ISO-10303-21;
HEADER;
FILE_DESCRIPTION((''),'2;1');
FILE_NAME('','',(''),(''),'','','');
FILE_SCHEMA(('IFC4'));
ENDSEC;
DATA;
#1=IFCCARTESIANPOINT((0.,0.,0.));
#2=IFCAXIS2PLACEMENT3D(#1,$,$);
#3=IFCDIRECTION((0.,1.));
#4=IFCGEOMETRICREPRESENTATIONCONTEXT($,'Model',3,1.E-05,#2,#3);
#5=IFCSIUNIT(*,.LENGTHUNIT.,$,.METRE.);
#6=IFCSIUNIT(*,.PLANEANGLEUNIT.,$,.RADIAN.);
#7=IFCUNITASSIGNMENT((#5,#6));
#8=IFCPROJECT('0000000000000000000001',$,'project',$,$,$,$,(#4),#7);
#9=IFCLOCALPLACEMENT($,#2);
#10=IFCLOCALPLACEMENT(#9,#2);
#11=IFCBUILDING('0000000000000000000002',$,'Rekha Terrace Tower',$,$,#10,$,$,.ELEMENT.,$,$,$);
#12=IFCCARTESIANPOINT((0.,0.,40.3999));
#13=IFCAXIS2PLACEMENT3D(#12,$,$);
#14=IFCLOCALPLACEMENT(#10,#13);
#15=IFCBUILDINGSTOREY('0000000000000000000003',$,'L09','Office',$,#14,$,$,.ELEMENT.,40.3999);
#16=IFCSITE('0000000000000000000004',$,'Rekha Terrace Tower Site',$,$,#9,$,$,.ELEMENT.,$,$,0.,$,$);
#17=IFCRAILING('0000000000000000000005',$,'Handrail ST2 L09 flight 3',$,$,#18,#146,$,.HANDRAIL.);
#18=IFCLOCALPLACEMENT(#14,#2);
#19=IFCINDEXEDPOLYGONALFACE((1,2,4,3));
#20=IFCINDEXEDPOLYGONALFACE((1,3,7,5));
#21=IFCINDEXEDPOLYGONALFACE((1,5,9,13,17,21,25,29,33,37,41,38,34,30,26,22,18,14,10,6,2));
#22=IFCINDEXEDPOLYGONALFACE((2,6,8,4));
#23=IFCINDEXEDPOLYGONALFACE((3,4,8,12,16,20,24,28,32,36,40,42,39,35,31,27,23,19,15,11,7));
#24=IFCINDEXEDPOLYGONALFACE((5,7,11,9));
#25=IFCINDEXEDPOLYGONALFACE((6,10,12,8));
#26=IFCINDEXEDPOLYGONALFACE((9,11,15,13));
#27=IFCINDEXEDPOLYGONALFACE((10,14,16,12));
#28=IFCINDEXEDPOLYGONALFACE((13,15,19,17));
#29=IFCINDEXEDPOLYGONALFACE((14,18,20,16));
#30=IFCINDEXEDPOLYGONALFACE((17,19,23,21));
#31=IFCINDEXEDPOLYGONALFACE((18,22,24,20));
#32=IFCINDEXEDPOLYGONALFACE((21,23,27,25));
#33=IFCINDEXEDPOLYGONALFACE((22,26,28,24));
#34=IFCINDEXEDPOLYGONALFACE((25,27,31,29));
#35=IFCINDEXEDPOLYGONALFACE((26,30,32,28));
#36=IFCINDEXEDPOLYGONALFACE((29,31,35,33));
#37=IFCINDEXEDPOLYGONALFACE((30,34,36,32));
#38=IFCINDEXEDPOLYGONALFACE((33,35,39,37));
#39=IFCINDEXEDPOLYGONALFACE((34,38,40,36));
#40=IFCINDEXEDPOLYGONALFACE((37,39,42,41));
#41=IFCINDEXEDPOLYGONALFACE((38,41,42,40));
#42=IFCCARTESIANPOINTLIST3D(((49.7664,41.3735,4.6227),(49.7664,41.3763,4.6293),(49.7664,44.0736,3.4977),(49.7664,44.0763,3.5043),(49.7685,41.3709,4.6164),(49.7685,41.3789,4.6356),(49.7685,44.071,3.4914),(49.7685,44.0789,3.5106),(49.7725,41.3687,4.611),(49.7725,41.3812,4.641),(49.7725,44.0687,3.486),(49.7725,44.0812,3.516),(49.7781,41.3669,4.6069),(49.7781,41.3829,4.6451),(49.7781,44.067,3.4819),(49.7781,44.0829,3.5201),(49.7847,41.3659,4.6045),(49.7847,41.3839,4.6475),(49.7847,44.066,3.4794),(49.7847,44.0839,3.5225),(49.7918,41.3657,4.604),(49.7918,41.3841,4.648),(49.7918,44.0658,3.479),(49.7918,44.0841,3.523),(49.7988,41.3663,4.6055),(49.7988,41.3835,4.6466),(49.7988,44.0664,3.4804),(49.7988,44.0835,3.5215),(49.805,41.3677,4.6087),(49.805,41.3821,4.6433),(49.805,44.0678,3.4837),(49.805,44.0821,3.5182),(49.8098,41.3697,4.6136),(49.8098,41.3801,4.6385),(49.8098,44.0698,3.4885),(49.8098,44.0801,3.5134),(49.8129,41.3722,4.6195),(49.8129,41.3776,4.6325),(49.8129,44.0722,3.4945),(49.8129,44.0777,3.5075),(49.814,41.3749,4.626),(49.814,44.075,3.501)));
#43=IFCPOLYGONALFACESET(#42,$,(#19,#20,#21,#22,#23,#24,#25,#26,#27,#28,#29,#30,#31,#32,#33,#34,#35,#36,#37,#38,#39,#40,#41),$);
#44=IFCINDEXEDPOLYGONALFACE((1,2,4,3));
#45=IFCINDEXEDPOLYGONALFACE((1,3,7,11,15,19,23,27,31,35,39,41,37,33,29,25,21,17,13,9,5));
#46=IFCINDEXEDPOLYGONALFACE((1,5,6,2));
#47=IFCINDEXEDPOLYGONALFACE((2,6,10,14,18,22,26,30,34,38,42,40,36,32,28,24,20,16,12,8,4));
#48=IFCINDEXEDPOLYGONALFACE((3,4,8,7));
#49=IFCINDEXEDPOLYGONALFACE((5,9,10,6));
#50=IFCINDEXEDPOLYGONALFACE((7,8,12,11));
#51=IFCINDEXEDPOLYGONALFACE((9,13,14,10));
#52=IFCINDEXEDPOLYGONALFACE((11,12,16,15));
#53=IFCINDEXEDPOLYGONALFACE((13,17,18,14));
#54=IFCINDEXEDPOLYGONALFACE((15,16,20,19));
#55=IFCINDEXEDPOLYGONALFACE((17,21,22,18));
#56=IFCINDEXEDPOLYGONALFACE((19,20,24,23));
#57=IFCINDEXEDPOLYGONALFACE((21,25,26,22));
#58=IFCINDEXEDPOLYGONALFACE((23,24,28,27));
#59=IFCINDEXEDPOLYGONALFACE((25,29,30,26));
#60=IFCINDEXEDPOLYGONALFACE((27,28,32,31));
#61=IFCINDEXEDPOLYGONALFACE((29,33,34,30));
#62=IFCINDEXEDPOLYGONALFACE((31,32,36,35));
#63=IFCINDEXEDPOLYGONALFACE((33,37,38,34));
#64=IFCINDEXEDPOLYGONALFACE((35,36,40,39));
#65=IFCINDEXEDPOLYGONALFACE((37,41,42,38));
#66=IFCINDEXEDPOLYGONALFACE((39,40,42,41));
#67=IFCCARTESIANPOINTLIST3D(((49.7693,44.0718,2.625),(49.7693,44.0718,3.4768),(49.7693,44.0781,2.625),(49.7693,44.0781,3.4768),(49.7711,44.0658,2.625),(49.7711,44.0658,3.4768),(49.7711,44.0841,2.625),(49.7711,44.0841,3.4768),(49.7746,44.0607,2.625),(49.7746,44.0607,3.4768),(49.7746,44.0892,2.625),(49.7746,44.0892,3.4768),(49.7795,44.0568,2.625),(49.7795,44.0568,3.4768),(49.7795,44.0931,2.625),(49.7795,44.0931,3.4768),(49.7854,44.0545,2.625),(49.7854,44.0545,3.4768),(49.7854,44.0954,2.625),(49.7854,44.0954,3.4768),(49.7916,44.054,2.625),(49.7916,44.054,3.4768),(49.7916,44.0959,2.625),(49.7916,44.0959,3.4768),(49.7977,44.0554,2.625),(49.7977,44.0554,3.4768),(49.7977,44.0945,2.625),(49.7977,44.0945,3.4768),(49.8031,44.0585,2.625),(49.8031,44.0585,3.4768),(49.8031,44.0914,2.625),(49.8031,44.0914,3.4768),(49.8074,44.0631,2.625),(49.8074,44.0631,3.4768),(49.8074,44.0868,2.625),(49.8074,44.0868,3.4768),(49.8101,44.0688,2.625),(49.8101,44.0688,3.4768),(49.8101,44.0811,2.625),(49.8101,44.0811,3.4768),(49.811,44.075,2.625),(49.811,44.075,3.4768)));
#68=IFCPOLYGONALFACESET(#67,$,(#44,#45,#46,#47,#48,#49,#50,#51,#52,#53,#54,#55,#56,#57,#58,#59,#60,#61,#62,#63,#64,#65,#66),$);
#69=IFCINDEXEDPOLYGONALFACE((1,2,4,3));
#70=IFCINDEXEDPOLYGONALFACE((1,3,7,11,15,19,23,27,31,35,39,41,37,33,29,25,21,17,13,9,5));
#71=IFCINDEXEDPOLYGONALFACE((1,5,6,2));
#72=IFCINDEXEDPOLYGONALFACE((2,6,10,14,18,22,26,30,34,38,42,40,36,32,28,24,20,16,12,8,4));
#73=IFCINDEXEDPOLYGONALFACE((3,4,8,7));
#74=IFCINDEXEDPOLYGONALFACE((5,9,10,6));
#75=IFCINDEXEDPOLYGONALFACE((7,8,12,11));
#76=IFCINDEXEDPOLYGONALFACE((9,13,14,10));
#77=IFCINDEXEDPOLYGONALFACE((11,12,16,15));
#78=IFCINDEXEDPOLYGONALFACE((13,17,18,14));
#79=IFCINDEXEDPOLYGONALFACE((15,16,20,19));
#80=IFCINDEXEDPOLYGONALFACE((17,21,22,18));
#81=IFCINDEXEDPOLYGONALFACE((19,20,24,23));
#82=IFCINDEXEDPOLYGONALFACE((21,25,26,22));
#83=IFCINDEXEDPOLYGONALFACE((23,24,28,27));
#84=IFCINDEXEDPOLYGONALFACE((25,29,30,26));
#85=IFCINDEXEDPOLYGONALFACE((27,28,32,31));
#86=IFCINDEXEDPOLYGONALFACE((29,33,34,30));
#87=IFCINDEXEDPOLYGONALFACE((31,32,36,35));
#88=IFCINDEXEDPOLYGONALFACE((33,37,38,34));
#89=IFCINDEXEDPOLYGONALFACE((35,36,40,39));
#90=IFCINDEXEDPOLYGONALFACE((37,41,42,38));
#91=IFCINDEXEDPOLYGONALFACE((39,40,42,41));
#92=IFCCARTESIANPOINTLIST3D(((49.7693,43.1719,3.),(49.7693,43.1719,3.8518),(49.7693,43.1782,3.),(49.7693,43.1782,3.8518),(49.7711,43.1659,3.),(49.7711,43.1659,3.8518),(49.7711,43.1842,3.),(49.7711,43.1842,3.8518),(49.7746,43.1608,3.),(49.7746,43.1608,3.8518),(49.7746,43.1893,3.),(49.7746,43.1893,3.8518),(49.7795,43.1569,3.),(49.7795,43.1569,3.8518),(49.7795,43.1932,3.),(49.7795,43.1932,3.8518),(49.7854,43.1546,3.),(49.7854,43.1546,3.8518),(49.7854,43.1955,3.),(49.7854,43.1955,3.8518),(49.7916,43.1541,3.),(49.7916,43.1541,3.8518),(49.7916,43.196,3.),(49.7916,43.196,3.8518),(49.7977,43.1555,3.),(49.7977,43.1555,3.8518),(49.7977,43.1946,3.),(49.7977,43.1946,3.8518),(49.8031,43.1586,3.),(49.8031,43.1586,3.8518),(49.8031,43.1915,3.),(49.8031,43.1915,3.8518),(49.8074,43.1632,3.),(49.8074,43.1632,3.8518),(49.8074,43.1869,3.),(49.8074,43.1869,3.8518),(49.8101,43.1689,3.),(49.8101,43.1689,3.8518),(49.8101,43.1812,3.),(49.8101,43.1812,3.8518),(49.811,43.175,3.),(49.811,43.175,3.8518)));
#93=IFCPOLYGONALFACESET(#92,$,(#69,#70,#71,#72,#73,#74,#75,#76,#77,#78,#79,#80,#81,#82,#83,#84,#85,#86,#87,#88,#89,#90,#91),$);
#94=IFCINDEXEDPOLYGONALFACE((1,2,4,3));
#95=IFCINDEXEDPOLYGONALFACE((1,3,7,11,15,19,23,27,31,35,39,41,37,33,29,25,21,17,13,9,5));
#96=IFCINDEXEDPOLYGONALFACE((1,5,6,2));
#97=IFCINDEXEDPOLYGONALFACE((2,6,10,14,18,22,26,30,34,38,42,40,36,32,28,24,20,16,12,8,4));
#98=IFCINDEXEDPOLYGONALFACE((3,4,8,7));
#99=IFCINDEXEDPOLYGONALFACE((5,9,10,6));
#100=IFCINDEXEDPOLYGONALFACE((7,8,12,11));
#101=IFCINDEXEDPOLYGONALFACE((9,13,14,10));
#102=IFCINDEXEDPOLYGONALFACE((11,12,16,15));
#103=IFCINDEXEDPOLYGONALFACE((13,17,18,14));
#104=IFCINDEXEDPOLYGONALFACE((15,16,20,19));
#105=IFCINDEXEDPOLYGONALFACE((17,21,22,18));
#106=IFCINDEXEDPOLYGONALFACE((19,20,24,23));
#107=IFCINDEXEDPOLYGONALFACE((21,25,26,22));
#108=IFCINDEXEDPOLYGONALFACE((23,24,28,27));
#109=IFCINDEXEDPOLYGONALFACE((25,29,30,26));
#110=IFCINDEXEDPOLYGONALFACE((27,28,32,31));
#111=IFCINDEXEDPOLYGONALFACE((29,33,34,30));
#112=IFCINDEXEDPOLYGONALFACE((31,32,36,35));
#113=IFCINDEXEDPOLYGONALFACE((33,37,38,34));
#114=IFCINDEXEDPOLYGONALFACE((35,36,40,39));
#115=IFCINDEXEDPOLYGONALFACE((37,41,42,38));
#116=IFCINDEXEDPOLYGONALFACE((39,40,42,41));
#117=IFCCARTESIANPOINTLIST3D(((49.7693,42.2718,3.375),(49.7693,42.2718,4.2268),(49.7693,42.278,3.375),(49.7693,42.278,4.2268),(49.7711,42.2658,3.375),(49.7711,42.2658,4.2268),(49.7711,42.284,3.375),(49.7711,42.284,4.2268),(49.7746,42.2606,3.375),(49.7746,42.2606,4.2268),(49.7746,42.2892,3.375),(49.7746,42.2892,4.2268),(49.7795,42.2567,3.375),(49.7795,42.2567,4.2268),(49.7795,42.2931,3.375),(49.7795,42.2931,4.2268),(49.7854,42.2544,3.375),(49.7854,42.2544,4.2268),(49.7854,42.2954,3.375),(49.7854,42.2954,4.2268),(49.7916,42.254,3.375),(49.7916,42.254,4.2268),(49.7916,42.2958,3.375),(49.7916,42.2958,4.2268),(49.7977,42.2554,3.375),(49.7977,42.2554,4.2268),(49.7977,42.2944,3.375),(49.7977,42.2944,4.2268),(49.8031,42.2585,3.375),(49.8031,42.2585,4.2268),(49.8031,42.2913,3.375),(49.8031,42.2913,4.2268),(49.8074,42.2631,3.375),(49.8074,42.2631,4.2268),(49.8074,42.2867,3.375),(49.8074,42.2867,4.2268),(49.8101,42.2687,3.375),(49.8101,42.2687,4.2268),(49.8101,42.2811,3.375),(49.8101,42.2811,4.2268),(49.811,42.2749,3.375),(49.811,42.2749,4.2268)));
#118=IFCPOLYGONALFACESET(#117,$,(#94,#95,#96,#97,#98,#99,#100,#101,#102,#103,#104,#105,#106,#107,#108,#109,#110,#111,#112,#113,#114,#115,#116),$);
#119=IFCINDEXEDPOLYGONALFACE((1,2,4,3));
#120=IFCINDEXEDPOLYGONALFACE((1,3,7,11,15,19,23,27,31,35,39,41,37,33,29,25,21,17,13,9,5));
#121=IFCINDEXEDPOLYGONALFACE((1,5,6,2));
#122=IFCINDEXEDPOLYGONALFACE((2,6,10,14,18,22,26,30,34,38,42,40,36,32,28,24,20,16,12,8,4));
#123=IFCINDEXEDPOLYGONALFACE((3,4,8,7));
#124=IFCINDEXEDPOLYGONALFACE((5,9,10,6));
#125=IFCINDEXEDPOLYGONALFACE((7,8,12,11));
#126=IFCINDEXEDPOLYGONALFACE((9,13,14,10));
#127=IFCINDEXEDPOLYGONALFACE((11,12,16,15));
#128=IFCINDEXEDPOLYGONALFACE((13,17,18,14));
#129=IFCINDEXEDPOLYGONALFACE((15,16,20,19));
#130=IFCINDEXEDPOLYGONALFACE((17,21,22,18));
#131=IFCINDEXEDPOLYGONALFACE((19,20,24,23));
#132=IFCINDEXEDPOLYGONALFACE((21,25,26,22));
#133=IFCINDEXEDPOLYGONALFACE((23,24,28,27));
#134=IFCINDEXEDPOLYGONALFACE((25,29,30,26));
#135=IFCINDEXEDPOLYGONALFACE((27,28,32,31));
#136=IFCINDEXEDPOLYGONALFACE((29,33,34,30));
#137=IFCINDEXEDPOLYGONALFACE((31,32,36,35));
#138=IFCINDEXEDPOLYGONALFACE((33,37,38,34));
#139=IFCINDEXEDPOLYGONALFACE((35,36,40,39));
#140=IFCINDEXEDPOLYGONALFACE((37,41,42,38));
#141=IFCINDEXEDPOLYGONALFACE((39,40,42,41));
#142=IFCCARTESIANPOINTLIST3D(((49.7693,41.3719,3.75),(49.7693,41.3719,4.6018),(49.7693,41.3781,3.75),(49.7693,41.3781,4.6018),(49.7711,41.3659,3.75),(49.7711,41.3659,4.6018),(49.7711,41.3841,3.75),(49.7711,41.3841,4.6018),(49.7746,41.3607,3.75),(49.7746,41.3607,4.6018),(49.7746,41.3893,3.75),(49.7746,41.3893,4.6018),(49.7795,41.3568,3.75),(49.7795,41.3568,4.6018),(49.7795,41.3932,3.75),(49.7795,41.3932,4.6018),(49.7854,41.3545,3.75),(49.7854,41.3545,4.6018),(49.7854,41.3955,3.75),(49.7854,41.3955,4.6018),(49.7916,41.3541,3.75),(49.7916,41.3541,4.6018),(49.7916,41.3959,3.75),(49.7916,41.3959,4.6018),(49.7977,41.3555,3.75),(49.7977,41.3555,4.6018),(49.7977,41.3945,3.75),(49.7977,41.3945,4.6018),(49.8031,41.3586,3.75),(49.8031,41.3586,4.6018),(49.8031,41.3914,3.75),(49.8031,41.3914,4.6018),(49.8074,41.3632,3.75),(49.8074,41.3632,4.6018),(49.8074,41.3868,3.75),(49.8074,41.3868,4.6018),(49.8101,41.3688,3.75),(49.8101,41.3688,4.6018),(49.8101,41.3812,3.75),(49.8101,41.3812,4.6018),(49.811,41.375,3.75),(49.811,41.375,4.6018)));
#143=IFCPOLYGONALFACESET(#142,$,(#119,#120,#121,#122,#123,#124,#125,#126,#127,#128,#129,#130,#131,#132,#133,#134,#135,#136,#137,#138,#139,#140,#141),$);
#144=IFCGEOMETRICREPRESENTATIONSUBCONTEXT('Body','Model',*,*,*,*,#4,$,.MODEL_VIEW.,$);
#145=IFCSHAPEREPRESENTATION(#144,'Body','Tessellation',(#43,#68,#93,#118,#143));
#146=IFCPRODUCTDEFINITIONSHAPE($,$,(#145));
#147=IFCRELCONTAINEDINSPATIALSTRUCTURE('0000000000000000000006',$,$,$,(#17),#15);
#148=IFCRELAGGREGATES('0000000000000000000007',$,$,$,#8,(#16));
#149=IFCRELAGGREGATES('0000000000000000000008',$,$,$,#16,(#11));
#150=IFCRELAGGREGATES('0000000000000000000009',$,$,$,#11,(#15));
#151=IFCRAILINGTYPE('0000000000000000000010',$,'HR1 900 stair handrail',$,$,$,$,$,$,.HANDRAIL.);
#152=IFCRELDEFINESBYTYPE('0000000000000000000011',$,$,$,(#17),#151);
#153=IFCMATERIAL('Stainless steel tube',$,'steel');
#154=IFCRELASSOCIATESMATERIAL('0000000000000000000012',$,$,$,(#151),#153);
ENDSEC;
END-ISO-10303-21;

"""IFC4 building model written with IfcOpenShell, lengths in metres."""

from ifc_helpers import new_model, si_unit, direction, frame, origin, origin_2d, place, context, subcontext, project, spatial, circle, extrude, material, type_object, element, save


model = new_model("IFC4")

# Units and contexts
model_context = context("Model", 3, precision=1e-05, world=origin(), true_north=direction((0.0, 1.0)))
body_context = subcontext(model_context, "Body", "Model", "MODEL_VIEW")
ifc_project = project(units=[si_unit("LENGTHUNIT", "METRE"), si_unit("PLANEANGLEUNIT", "RADIAN")], contexts=[model_context])

# Site, building, storey
site_placement = place(None, origin())
site = spatial("IfcSite", under=ifc_project, at=site_placement, Name="Rekha Terrace Tower Site", CompositionType="ELEMENT", RefElevation=0.0)
building_placement = place(site_placement, origin())
building = spatial("IfcBuilding", under=site, at=building_placement, Name="Rekha Terrace Tower", CompositionType="ELEMENT")
storey_placement = place(building_placement, frame((0.0, 0.0, 40.3999)))
storey = spatial("IfcBuildingStorey", under=building, at=storey_placement, Name="L09", Description="Office", CompositionType="ELEMENT", Elevation=40.3999)

# Railing
ifc_material_1 = material(Name="Stainless steel tube", Category="steel")
railing_type_1 = type_object("IfcRailingType", Name="HR1 900 stair handrail", PredefinedType="HANDRAIL", material=ifc_material_1)
railing_1_placement = place(storey_placement, frame((49.79, 44.075, 2.625)))
element("IfcRailing", 1, at=railing_1_placement, inside=storey, type_object=railing_type_1, Name="Handrail ST2 L09 flight 3", PredefinedType="HANDRAIL", context=body_context, shape_type="SweptSolid", body=[
    extrude(circle(Radius=0.0239, at=origin_2d()), frame((0.0, 0.0, 0.876), z_axis=(0.0, -0.923074, 0.384621), x_axis=(1.0, 0.0, 0.0)), (0.0, 0.0, 1.0), 2.925),
    extrude(circle(Radius=0.021, at=origin_2d()), origin(), (0.0, 0.0, 1.0), 0.8518),
    extrude(circle(Radius=0.021, at=origin_2d()), frame((0.0, -0.8999, 0.375)), (0.0, 0.0, 1.0), 0.8518),
    extrude(circle(Radius=0.021, at=origin_2d()), frame((0.0, -1.8, 0.75)), (0.0, 0.0, 1.0), 0.8518),
    extrude(circle(Radius=0.021, at=origin_2d()), frame((0.0, -2.7, 1.125)), (0.0, 0.0, 1.0), 0.8518),
])

save(model, "model.ifc")
